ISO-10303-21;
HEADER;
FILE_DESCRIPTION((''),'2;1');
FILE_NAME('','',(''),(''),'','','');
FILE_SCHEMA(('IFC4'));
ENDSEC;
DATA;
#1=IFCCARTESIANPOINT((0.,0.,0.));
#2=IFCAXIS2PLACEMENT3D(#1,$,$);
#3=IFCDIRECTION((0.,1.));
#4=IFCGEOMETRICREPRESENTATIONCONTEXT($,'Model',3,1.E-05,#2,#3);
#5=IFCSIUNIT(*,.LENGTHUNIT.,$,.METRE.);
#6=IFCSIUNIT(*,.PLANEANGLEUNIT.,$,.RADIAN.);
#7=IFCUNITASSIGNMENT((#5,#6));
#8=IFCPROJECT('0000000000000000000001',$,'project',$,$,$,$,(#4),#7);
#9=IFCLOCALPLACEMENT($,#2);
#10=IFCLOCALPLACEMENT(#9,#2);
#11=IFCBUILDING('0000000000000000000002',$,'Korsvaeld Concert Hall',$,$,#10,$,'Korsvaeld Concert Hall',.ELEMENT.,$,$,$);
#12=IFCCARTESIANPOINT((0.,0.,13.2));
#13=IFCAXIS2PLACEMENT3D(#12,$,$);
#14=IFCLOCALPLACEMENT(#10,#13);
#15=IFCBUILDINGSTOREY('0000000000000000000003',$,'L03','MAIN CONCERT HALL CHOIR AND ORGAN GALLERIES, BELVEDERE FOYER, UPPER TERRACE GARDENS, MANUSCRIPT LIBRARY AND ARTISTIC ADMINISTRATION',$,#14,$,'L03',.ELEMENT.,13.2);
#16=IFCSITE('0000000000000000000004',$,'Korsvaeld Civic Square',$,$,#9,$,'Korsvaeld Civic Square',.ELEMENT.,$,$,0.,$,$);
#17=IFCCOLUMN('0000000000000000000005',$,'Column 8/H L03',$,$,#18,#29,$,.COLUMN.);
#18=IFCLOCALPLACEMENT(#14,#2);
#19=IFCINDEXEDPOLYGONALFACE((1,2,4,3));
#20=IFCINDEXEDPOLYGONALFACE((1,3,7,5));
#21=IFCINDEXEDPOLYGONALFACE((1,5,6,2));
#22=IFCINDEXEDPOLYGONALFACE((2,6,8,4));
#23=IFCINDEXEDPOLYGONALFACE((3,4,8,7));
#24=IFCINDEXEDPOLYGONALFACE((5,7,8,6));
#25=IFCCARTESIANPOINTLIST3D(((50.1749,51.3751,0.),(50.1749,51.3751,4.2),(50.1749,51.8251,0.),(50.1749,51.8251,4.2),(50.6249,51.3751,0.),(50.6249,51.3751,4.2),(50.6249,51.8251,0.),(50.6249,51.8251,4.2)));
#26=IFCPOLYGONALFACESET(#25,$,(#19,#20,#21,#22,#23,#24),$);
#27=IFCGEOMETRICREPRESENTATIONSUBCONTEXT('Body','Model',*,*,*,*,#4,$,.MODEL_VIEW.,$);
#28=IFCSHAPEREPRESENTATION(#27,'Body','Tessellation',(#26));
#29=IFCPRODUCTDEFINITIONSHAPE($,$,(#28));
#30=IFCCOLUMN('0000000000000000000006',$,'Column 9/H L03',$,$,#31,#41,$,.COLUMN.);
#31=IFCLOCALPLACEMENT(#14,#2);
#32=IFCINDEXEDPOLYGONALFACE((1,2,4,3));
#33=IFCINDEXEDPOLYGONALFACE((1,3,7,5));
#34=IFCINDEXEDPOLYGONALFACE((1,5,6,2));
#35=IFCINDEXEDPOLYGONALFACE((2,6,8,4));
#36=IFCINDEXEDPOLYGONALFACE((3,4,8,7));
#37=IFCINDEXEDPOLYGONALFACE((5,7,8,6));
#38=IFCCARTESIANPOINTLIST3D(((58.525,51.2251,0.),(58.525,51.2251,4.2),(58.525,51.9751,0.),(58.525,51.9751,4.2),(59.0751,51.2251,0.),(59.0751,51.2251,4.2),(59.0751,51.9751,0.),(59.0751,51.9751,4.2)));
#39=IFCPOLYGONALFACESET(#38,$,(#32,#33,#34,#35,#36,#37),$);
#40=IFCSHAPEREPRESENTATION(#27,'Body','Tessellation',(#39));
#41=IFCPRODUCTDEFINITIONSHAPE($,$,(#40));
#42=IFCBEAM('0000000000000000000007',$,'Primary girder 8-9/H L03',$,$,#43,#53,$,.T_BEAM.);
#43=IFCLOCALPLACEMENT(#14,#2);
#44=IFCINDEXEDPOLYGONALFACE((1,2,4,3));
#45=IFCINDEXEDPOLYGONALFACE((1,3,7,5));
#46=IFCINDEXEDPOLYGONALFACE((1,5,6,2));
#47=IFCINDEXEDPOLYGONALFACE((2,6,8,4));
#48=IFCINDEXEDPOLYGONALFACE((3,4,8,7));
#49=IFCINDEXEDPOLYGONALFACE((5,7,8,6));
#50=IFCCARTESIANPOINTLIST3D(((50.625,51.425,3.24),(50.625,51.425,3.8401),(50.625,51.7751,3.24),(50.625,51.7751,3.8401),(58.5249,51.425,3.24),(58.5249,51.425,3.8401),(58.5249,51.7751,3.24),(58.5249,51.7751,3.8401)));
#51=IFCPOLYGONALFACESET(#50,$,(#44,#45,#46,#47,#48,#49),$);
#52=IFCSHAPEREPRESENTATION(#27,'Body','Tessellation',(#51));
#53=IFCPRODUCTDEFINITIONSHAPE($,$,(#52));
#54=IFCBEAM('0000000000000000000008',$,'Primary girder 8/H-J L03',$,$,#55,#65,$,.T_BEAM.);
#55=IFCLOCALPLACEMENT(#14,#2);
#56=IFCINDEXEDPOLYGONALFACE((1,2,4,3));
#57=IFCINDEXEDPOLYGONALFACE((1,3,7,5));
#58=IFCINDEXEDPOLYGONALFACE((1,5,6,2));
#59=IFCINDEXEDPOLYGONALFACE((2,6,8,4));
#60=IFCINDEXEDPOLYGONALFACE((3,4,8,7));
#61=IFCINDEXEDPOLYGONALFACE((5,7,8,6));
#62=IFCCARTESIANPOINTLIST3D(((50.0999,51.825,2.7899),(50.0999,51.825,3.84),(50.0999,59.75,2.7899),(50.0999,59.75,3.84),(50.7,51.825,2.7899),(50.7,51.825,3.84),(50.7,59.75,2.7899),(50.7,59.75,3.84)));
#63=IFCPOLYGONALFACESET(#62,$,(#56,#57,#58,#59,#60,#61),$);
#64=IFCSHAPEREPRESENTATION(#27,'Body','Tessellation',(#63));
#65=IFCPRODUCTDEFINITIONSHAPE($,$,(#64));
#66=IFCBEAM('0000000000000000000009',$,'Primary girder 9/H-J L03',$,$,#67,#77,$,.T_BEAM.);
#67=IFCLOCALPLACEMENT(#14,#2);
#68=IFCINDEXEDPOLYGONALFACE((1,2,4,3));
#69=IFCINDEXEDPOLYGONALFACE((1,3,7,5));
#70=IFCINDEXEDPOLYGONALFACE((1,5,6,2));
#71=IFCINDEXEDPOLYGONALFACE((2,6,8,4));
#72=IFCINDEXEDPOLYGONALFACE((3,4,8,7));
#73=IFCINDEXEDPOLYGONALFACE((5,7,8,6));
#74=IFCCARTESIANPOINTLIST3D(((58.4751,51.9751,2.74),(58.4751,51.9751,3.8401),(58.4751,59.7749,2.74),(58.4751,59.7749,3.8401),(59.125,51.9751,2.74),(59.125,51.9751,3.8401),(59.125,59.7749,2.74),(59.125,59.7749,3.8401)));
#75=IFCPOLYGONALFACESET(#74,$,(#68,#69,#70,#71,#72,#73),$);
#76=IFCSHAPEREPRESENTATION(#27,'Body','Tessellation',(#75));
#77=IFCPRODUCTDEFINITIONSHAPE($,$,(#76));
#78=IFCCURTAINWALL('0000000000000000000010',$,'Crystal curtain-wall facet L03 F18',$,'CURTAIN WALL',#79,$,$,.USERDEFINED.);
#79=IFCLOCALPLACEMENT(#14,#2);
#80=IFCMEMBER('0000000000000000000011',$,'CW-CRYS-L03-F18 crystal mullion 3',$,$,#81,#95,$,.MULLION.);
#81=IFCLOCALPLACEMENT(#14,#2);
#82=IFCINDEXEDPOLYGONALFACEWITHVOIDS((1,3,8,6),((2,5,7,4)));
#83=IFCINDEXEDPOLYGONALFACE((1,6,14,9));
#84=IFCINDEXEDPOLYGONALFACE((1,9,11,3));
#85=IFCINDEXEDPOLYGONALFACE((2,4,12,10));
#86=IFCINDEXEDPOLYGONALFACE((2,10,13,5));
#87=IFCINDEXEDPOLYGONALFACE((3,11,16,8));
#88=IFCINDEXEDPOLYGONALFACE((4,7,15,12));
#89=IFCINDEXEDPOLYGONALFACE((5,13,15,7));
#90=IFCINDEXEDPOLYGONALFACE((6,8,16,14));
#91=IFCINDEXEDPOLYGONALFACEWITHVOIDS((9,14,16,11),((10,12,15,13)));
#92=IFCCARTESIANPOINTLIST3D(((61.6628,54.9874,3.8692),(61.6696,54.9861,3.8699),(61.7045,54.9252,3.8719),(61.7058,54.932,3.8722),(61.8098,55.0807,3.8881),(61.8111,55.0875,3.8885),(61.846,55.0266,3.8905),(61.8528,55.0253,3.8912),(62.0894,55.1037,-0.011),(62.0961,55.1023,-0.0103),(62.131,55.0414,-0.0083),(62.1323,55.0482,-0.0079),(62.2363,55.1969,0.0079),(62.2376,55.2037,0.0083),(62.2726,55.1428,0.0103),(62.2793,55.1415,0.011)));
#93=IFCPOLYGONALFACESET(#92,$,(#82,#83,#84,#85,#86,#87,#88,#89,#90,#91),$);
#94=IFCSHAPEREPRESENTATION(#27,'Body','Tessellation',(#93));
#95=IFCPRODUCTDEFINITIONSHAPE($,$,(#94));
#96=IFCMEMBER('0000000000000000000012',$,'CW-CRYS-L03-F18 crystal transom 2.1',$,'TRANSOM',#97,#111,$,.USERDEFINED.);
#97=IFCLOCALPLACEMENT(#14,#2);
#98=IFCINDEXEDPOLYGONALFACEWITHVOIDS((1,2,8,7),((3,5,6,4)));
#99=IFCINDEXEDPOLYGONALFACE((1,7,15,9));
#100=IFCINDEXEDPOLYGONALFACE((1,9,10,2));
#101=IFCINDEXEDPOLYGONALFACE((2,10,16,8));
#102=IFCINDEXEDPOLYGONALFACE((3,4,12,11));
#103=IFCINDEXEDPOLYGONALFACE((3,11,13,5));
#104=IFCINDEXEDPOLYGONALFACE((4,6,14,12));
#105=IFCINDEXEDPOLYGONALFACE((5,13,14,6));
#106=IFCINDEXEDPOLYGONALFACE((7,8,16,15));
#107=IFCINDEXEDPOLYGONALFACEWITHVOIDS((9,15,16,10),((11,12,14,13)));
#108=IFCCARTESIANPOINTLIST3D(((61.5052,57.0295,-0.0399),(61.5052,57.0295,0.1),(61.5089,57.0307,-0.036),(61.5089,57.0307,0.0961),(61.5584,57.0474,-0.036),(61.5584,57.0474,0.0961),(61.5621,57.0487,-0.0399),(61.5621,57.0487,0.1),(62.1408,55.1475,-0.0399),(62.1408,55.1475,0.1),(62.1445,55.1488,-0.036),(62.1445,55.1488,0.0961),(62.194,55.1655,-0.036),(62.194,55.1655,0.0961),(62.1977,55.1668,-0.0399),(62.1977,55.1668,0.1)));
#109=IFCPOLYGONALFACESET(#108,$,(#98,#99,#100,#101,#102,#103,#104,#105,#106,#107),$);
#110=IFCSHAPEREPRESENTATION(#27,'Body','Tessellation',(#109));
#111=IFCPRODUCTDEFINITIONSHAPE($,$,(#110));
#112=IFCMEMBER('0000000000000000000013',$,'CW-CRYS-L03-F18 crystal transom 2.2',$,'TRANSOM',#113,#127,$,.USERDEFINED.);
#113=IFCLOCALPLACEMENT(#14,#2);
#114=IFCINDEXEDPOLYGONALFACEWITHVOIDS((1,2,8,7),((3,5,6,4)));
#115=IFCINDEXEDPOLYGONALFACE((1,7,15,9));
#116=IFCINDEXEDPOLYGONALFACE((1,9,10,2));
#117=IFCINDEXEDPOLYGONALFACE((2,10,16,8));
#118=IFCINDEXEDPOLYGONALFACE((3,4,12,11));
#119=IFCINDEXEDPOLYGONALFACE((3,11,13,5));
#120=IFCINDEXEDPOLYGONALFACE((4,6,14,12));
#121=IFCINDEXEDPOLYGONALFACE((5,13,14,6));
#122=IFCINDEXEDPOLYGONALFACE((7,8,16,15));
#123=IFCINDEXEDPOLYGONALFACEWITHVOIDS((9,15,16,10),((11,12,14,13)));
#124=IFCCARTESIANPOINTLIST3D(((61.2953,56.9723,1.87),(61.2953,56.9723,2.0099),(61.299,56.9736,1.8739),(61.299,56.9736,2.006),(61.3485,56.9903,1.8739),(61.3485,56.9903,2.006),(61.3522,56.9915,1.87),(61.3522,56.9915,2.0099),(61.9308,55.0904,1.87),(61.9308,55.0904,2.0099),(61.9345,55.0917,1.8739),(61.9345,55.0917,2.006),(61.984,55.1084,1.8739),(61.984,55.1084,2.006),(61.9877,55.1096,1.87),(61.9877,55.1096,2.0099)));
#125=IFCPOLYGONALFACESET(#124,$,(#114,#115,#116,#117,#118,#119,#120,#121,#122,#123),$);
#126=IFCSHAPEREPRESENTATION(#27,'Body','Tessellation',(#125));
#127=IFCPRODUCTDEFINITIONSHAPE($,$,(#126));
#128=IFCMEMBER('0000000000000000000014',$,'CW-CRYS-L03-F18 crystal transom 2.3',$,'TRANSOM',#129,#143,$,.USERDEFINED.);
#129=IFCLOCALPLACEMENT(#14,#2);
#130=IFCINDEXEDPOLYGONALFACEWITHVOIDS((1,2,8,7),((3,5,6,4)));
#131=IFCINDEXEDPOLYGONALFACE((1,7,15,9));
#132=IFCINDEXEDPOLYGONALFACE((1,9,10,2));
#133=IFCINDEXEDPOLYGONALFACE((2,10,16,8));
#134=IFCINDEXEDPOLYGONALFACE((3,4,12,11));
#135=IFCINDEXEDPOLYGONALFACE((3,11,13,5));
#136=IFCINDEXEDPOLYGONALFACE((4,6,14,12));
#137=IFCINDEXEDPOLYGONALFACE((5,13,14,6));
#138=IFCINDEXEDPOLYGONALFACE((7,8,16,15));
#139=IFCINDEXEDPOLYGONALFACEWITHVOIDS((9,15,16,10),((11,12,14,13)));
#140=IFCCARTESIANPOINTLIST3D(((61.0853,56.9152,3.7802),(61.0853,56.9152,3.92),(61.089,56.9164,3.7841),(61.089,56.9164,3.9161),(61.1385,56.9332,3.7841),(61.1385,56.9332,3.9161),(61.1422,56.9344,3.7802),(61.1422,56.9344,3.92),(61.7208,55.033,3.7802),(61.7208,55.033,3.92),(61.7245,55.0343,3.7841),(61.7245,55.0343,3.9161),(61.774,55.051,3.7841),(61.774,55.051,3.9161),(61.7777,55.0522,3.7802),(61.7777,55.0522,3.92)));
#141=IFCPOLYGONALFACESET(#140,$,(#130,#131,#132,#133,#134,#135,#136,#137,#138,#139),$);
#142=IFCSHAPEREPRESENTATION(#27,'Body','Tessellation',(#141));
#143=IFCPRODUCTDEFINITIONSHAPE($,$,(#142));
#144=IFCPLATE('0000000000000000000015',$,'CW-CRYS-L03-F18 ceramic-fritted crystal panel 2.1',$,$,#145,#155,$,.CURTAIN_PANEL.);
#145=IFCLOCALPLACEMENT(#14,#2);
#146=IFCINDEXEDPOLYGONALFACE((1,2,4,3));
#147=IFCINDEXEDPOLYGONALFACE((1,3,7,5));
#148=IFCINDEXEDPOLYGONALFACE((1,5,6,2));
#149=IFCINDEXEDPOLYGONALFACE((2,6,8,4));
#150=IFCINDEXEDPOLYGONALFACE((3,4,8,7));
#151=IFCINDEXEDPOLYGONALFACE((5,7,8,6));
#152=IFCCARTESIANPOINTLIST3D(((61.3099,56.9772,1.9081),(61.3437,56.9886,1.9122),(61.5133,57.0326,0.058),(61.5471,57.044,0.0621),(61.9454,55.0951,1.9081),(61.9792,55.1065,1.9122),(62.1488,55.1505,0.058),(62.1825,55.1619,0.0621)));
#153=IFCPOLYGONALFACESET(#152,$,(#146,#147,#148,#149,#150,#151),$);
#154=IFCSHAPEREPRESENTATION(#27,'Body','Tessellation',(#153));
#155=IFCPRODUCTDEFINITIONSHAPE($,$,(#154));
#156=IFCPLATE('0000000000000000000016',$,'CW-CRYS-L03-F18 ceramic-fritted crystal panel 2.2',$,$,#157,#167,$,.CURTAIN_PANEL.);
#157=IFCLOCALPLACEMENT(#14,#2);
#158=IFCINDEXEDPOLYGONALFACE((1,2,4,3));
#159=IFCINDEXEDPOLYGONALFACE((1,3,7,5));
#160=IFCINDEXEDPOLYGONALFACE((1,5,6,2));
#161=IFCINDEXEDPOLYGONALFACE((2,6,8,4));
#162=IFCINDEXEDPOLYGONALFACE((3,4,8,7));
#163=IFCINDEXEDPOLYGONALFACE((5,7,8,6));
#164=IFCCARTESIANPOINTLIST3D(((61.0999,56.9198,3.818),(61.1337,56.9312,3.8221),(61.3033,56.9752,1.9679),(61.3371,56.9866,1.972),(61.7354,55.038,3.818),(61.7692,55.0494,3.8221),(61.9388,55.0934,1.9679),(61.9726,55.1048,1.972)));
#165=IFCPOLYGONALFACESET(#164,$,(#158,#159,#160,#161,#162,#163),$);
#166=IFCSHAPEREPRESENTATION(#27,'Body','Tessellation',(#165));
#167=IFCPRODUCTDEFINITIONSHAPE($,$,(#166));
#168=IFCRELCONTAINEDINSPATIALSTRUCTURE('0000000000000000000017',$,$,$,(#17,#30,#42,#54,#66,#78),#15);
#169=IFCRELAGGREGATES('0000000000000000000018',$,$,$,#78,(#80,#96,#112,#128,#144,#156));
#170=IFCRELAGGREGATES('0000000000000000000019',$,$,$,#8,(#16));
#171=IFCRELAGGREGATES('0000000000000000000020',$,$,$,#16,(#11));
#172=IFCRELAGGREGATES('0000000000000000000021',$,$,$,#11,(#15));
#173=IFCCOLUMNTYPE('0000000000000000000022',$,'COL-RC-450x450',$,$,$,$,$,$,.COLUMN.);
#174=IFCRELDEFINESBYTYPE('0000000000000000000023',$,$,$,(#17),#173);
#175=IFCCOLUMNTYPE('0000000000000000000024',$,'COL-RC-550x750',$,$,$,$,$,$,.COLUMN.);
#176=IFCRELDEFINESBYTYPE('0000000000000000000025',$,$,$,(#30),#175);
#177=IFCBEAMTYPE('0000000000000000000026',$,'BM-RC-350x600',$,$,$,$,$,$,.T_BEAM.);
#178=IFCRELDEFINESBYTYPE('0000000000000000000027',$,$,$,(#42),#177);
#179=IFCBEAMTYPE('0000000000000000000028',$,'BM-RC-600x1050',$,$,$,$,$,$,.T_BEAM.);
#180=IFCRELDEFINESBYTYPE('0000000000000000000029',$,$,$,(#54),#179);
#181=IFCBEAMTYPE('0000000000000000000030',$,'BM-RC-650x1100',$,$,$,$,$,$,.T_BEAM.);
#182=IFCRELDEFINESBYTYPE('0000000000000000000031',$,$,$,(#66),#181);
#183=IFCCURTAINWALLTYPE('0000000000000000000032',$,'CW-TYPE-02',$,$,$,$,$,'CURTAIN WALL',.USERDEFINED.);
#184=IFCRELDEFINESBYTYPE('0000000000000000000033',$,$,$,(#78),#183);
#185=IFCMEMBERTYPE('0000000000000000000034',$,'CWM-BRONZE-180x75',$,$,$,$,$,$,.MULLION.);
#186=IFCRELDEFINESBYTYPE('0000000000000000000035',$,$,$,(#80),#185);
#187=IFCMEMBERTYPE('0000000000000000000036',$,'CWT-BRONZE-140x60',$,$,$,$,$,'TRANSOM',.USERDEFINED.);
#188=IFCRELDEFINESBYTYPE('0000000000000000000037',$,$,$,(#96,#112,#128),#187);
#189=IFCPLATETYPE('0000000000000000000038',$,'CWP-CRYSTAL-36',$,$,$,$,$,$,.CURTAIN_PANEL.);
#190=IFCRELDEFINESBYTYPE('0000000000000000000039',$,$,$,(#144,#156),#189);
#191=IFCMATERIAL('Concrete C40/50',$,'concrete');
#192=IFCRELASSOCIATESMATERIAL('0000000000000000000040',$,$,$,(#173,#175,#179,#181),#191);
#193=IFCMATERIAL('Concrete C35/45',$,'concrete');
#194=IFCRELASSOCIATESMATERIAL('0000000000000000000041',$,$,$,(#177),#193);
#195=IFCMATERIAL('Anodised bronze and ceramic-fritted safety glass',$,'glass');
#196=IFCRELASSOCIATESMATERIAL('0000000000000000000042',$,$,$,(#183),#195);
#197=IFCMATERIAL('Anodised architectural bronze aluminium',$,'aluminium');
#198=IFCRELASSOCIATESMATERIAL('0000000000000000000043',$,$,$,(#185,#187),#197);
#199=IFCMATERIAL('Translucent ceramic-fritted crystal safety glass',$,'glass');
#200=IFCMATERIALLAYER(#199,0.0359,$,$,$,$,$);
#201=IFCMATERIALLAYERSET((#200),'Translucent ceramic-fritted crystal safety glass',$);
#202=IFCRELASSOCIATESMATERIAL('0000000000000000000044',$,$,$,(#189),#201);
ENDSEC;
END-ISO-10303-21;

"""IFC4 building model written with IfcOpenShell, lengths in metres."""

from ifc_helpers import new_model, si_unit, direction, frame, origin, origin_2d, place, context, subcontext, project, spatial, polyline, rectangle, hollow_rectangle, outline, extrude, material, layer, layer_set, material_profile, profile_set, type_object, element, aggregate, save


model = new_model("IFC4")

# Units and contexts
model_context = context("Model", 3, precision=1e-05, world=origin(), true_north=direction((0.0, 1.0)))
body_context = subcontext(model_context, "Body", "Model", "MODEL_VIEW")
ifc_project = project(units=[si_unit("LENGTHUNIT", "METRE"), si_unit("PLANEANGLEUNIT", "RADIAN")], contexts=[model_context])

# Site, building, storey
site_placement = place(None, origin())
site = spatial("IfcSite", under=ifc_project, at=site_placement, Name="Korsvaeld Civic Square", LongName="Korsvaeld Civic Square", CompositionType="ELEMENT", RefElevation=0.0)
building_placement = place(site_placement, origin())
building = spatial("IfcBuilding", under=site, at=building_placement, Name="Korsvaeld Concert Hall", LongName="Korsvaeld Concert Hall", CompositionType="ELEMENT")
storey_placement = place(building_placement, frame((0.0, 0.0, 13.2)))
storey = spatial("IfcBuildingStorey", under=building, at=storey_placement, Name="L03", Description="MAIN CONCERT HALL CHOIR AND ORGAN GALLERIES, BELVEDERE FOYER, UPPER TERRACE GARDENS, MANUSCRIPT LIBRARY AND ARTISTIC ADMINISTRATION", LongName="L03", CompositionType="ELEMENT", Elevation=13.2)

# Columns
ifc_material_1 = material(Name="Concrete C40/50", Category="concrete")
ifc_material_profile_1 = material_profile(ifc_material_1, rectangle(XDim=0.45, YDim=0.45, at=origin_2d()), Name="RC 450x450")
ifc_profile_set_1 = profile_set([ifc_material_profile_1], Name="Concrete C40/50")
column_type_1 = type_object("IfcColumnType", Name="COL-RC-450x450", PredefinedType="COLUMN", material=ifc_profile_set_1)
column_1_placement = place(storey_placement, frame((50.3999, 51.6001, 0.0), z_axis=(0.0, 0.0, 1.0), x_axis=(1.0, 0.0, 0.0)))
element("IfcColumn", 1, at=column_1_placement, inside=storey, type_object=column_type_1, Name="Column 8/H L03", PredefinedType="COLUMN", context=body_context, shape_type="SweptSolid", body=[
    extrude(rectangle(XDim=0.45, YDim=0.45, at=origin_2d()), origin(), (0.0, 0.0, 1.0), 4.2),
])
ifc_material_profile_2 = material_profile(ifc_material_1, rectangle(XDim=0.55, YDim=0.75, at=origin_2d()), Name="RC 550x750")
ifc_profile_set_2 = profile_set([ifc_material_profile_2], Name="Concrete C40/50")
column_type_2 = type_object("IfcColumnType", Name="COL-RC-550x750", PredefinedType="COLUMN", material=ifc_profile_set_2)
column_2_placement = place(storey_placement, frame((58.8, 51.6001, 0.0), z_axis=(0.0, 0.0, 1.0), x_axis=(1.0, 0.0, 0.0)))
element("IfcColumn", 2, at=column_2_placement, inside=storey, type_object=column_type_2, Name="Column 9/H L03", PredefinedType="COLUMN", context=body_context, shape_type="SweptSolid", body=[
    extrude(rectangle(XDim=0.55, YDim=0.75, at=origin_2d()), origin(), (0.0, 0.0, 1.0), 4.2),
])

# Beams
ifc_material_2 = material(Name="Concrete C35/45", Category="concrete")
ifc_material_profile_3 = material_profile(ifc_material_2, rectangle(XDim=0.3501, YDim=0.6001, at=origin_2d()), Name="RC 350x600")
ifc_profile_set_3 = profile_set([ifc_material_profile_3], Name="Concrete C35/45")
beam_type_1 = type_object("IfcBeamType", Name="BM-RC-350x600", PredefinedType="T_BEAM", material=ifc_profile_set_3)
beam_1_placement = place(storey_placement, frame((50.625, 51.6001, 3.54), z_axis=(1.0, 0.0, 0.0), x_axis=(0.0, 1.0, 0.0)))
element("IfcBeam", 3, at=beam_1_placement, inside=storey, type_object=beam_type_1, Name="Primary girder 8-9/H L03", PredefinedType="T_BEAM", context=body_context, shape_type="SweptSolid", body=[
    extrude(rectangle(XDim=0.3501, YDim=0.6001, at=origin_2d()), origin(), (0.0, 0.0, 1.0), 7.8999),
])
ifc_material_profile_4 = material_profile(ifc_material_1, rectangle(XDim=0.6001, YDim=1.05, at=origin_2d()), Name="RC 600x1050")
ifc_profile_set_4 = profile_set([ifc_material_profile_4], Name="Concrete C40/50")
beam_type_2 = type_object("IfcBeamType", Name="BM-RC-600x1050", PredefinedType="T_BEAM", material=ifc_profile_set_4)
beam_2_placement = place(storey_placement, frame((50.3999, 51.825, 3.3149), z_axis=(0.0, 1.0, 0.0), x_axis=(-1.0, 0.0, 0.0)))
element("IfcBeam", 4, at=beam_2_placement, inside=storey, type_object=beam_type_2, Name="Primary girder 8/H-J L03", PredefinedType="T_BEAM", context=body_context, shape_type="SweptSolid", body=[
    extrude(rectangle(XDim=0.6001, YDim=1.05, at=origin_2d()), origin(), (0.0, 0.0, 1.0), 7.925),
])
ifc_material_profile_5 = material_profile(ifc_material_1, rectangle(XDim=0.6499, YDim=1.1001, at=origin_2d()), Name="RC 650x1100")
ifc_profile_set_5 = profile_set([ifc_material_profile_5], Name="Concrete C40/50")
beam_type_3 = type_object("IfcBeamType", Name="BM-RC-650x1100", PredefinedType="T_BEAM", material=ifc_profile_set_5)
beam_3_placement = place(storey_placement, frame((58.8, 51.9751, 3.29), z_axis=(0.0, 1.0, 0.0), x_axis=(-1.0, 0.0, 0.0)))
element("IfcBeam", 5, at=beam_3_placement, inside=storey, type_object=beam_type_3, Name="Primary girder 9/H-J L03", PredefinedType="T_BEAM", context=body_context, shape_type="SweptSolid", body=[
    extrude(rectangle(XDim=0.6499, YDim=1.1001, at=origin_2d()), origin(), (0.0, 0.0, 1.0), 7.7998),
])

# Curtain wall, members, plates
ifc_material_3 = material(Name="Anodised bronze and ceramic-fritted safety glass", Category="glass")
curtain_wall_type = type_object("IfcCurtainWallType", Name="CW-TYPE-02", ElementType="CURTAIN WALL", PredefinedType="USERDEFINED", material=ifc_material_3)
curtain_wall_placement = place(storey_placement, origin())
curtain_wall = element("IfcCurtainWall", 6, at=curtain_wall_placement, inside=storey, type_object=curtain_wall_type, Name="Crystal curtain-wall facet L03 F18", ObjectType="CURTAIN WALL", PredefinedType="USERDEFINED")
ifc_material_4 = material(Name="Anodised architectural bronze aluminium", Category="aluminium")
ifc_material_profile_6 = material_profile(ifc_material_4, hollow_rectangle(XDim=0.075, YDim=0.1799, WallThickness=0.0049, at=origin_2d()), Name="CWM 180x75x5")
ifc_profile_set_6 = profile_set([ifc_material_profile_6], Name="Anodised architectural bronze aluminium")
member_type_1 = type_object("IfcMemberType", Name="CWM-BRONZE-180x75", PredefinedType="MULLION", material=ifc_profile_set_6)
member_1_placement = place(storey_placement, frame((62.1843, 55.1226, 0.0), z_axis=(-0.109216, -0.029758, 0.993573), x_axis=(0.555752, -0.830559, 0.036214)))
member_1 = element("IfcMember", 7, at=member_1_placement, type_object=member_type_1, Name="CW-CRYS-L03-F18 crystal mullion 3", PredefinedType="MULLION", context=body_context, shape_type="SweptSolid", body=[
    extrude(hollow_rectangle(XDim=0.075, YDim=0.1799, WallThickness=0.0049, at=origin_2d()), origin(), (0.0, 0.0, 1.0), 3.9053),
])
ifc_material_profile_7 = material_profile(ifc_material_4, hollow_rectangle(XDim=0.0601, YDim=0.1399, WallThickness=0.0039, at=origin_2d()), Name="CWT 140x60x4")
ifc_profile_set_7 = profile_set([ifc_material_profile_7], Name="Anodised architectural bronze aluminium")
member_type_2 = type_object("IfcMemberType", Name="CWT-BRONZE-140x60", ElementType="TRANSOM", PredefinedType="USERDEFINED", material=ifc_profile_set_7)
member_2_placement = place(storey_placement, frame((61.5337, 57.0391, 0.03), z_axis=(0.31995, -0.947435, 0.0), x_axis=(0.947435, 0.31995, 0.0)))
member_2 = element("IfcMember", 8, at=member_2_placement, type_object=member_type_2, Name="CW-CRYS-L03-F18 crystal transom 2.1", ObjectType="TRANSOM", PredefinedType="USERDEFINED", context=body_context, shape_type="SweptSolid", body=[
    extrude(hollow_rectangle(XDim=0.0601, YDim=0.1399, WallThickness=0.0039, at=origin_2d()), origin(), (0.0, 0.0, 1.0), 1.9863),
])
member_3_placement = place(storey_placement, frame((61.3237, 56.9819, 1.9399), z_axis=(0.31995, -0.947435, 0.0), x_axis=(0.947435, 0.31995, 0.0)))
member_3 = element("IfcMember", 9, at=member_3_placement, type_object=member_type_2, Name="CW-CRYS-L03-F18 crystal transom 2.2", ObjectType="TRANSOM", PredefinedType="USERDEFINED", context=body_context, shape_type="SweptSolid", body=[
    extrude(hollow_rectangle(XDim=0.0601, YDim=0.1399, WallThickness=0.0039, at=origin_2d()), origin(), (0.0, 0.0, 1.0), 1.9863),
])
member_4_placement = place(storey_placement, frame((61.1138, 56.9248, 3.8501), z_axis=(0.319912, -0.947447, 0.0), x_axis=(0.947447, 0.319912, 0.0)))
member_4 = element("IfcMember", 10, at=member_4_placement, type_object=member_type_2, Name="CW-CRYS-L03-F18 crystal transom 2.3", ObjectType="TRANSOM", PredefinedType="USERDEFINED", context=body_context, shape_type="SweptSolid", body=[
    extrude(hollow_rectangle(XDim=0.0601, YDim=0.1399, WallThickness=0.0039, at=origin_2d()), origin(), (0.0, 0.0, 1.0), 1.9866),
])
ifc_material_5 = material(Name="Translucent ceramic-fritted crystal safety glass", Category="glass")
ifc_layer_1 = layer(ifc_material_5, 0.0359)
ifc_layer_set_1 = layer_set([ifc_layer_1], Name="Translucent ceramic-fritted crystal safety glass")
plate_type = type_object("IfcPlateType", Name="CWP-CRYSTAL-36", PredefinedType="CURTAIN_PANEL", material=ifc_layer_set_1)
plate_1_placement = place(storey_placement, frame((61.5303, 57.0383, 0.0601), z_axis=(-0.941379, -0.317863, -0.113001), x_axis=(0.319912, -0.947447, 0.0)))
plate_1 = element("IfcPlate", 11, at=plate_1_placement, type_object=plate_type, Name="CW-CRYS-L03-F18 ceramic-fritted crystal panel 2.1", PredefinedType="CURTAIN_PANEL", context=body_context, shape_type="SweptSolid", body=[
    extrude(outline(polyline([(0.0, 0.0), (1.9865, 0.0), (1.9739, 1.862), (-0.0126, 1.862), (0.0, 0.0)])), frame((0.0, 0.0, 0.0181)), (0.0, 0.0, -1.0), 0.0359),
])
plate_2_placement = place(storey_placement, frame((61.3203, 56.981, 1.97), z_axis=(-0.941366, -0.3179, -0.113001), x_axis=(0.31995, -0.947435, 0.0)))
plate_2 = element("IfcPlate", 12, at=plate_2_placement, type_object=plate_type, Name="CW-CRYS-L03-F18 ceramic-fritted crystal panel 2.2", PredefinedType="CURTAIN_PANEL", context=body_context, shape_type="SweptSolid", body=[
    extrude(outline(polyline([(0.0, 0.0), (1.9862, 0.0), (1.9737, 1.862), (-0.0126, 1.862), (0.0, 0.0)])), frame((0.0, 0.0, 0.0181)), (0.0, 0.0, -1.0), 0.0359),
])
aggregate(curtain_wall, [member_1, member_2, member_3, member_4, plate_1, plate_2])

save(model, "model.ifc")
